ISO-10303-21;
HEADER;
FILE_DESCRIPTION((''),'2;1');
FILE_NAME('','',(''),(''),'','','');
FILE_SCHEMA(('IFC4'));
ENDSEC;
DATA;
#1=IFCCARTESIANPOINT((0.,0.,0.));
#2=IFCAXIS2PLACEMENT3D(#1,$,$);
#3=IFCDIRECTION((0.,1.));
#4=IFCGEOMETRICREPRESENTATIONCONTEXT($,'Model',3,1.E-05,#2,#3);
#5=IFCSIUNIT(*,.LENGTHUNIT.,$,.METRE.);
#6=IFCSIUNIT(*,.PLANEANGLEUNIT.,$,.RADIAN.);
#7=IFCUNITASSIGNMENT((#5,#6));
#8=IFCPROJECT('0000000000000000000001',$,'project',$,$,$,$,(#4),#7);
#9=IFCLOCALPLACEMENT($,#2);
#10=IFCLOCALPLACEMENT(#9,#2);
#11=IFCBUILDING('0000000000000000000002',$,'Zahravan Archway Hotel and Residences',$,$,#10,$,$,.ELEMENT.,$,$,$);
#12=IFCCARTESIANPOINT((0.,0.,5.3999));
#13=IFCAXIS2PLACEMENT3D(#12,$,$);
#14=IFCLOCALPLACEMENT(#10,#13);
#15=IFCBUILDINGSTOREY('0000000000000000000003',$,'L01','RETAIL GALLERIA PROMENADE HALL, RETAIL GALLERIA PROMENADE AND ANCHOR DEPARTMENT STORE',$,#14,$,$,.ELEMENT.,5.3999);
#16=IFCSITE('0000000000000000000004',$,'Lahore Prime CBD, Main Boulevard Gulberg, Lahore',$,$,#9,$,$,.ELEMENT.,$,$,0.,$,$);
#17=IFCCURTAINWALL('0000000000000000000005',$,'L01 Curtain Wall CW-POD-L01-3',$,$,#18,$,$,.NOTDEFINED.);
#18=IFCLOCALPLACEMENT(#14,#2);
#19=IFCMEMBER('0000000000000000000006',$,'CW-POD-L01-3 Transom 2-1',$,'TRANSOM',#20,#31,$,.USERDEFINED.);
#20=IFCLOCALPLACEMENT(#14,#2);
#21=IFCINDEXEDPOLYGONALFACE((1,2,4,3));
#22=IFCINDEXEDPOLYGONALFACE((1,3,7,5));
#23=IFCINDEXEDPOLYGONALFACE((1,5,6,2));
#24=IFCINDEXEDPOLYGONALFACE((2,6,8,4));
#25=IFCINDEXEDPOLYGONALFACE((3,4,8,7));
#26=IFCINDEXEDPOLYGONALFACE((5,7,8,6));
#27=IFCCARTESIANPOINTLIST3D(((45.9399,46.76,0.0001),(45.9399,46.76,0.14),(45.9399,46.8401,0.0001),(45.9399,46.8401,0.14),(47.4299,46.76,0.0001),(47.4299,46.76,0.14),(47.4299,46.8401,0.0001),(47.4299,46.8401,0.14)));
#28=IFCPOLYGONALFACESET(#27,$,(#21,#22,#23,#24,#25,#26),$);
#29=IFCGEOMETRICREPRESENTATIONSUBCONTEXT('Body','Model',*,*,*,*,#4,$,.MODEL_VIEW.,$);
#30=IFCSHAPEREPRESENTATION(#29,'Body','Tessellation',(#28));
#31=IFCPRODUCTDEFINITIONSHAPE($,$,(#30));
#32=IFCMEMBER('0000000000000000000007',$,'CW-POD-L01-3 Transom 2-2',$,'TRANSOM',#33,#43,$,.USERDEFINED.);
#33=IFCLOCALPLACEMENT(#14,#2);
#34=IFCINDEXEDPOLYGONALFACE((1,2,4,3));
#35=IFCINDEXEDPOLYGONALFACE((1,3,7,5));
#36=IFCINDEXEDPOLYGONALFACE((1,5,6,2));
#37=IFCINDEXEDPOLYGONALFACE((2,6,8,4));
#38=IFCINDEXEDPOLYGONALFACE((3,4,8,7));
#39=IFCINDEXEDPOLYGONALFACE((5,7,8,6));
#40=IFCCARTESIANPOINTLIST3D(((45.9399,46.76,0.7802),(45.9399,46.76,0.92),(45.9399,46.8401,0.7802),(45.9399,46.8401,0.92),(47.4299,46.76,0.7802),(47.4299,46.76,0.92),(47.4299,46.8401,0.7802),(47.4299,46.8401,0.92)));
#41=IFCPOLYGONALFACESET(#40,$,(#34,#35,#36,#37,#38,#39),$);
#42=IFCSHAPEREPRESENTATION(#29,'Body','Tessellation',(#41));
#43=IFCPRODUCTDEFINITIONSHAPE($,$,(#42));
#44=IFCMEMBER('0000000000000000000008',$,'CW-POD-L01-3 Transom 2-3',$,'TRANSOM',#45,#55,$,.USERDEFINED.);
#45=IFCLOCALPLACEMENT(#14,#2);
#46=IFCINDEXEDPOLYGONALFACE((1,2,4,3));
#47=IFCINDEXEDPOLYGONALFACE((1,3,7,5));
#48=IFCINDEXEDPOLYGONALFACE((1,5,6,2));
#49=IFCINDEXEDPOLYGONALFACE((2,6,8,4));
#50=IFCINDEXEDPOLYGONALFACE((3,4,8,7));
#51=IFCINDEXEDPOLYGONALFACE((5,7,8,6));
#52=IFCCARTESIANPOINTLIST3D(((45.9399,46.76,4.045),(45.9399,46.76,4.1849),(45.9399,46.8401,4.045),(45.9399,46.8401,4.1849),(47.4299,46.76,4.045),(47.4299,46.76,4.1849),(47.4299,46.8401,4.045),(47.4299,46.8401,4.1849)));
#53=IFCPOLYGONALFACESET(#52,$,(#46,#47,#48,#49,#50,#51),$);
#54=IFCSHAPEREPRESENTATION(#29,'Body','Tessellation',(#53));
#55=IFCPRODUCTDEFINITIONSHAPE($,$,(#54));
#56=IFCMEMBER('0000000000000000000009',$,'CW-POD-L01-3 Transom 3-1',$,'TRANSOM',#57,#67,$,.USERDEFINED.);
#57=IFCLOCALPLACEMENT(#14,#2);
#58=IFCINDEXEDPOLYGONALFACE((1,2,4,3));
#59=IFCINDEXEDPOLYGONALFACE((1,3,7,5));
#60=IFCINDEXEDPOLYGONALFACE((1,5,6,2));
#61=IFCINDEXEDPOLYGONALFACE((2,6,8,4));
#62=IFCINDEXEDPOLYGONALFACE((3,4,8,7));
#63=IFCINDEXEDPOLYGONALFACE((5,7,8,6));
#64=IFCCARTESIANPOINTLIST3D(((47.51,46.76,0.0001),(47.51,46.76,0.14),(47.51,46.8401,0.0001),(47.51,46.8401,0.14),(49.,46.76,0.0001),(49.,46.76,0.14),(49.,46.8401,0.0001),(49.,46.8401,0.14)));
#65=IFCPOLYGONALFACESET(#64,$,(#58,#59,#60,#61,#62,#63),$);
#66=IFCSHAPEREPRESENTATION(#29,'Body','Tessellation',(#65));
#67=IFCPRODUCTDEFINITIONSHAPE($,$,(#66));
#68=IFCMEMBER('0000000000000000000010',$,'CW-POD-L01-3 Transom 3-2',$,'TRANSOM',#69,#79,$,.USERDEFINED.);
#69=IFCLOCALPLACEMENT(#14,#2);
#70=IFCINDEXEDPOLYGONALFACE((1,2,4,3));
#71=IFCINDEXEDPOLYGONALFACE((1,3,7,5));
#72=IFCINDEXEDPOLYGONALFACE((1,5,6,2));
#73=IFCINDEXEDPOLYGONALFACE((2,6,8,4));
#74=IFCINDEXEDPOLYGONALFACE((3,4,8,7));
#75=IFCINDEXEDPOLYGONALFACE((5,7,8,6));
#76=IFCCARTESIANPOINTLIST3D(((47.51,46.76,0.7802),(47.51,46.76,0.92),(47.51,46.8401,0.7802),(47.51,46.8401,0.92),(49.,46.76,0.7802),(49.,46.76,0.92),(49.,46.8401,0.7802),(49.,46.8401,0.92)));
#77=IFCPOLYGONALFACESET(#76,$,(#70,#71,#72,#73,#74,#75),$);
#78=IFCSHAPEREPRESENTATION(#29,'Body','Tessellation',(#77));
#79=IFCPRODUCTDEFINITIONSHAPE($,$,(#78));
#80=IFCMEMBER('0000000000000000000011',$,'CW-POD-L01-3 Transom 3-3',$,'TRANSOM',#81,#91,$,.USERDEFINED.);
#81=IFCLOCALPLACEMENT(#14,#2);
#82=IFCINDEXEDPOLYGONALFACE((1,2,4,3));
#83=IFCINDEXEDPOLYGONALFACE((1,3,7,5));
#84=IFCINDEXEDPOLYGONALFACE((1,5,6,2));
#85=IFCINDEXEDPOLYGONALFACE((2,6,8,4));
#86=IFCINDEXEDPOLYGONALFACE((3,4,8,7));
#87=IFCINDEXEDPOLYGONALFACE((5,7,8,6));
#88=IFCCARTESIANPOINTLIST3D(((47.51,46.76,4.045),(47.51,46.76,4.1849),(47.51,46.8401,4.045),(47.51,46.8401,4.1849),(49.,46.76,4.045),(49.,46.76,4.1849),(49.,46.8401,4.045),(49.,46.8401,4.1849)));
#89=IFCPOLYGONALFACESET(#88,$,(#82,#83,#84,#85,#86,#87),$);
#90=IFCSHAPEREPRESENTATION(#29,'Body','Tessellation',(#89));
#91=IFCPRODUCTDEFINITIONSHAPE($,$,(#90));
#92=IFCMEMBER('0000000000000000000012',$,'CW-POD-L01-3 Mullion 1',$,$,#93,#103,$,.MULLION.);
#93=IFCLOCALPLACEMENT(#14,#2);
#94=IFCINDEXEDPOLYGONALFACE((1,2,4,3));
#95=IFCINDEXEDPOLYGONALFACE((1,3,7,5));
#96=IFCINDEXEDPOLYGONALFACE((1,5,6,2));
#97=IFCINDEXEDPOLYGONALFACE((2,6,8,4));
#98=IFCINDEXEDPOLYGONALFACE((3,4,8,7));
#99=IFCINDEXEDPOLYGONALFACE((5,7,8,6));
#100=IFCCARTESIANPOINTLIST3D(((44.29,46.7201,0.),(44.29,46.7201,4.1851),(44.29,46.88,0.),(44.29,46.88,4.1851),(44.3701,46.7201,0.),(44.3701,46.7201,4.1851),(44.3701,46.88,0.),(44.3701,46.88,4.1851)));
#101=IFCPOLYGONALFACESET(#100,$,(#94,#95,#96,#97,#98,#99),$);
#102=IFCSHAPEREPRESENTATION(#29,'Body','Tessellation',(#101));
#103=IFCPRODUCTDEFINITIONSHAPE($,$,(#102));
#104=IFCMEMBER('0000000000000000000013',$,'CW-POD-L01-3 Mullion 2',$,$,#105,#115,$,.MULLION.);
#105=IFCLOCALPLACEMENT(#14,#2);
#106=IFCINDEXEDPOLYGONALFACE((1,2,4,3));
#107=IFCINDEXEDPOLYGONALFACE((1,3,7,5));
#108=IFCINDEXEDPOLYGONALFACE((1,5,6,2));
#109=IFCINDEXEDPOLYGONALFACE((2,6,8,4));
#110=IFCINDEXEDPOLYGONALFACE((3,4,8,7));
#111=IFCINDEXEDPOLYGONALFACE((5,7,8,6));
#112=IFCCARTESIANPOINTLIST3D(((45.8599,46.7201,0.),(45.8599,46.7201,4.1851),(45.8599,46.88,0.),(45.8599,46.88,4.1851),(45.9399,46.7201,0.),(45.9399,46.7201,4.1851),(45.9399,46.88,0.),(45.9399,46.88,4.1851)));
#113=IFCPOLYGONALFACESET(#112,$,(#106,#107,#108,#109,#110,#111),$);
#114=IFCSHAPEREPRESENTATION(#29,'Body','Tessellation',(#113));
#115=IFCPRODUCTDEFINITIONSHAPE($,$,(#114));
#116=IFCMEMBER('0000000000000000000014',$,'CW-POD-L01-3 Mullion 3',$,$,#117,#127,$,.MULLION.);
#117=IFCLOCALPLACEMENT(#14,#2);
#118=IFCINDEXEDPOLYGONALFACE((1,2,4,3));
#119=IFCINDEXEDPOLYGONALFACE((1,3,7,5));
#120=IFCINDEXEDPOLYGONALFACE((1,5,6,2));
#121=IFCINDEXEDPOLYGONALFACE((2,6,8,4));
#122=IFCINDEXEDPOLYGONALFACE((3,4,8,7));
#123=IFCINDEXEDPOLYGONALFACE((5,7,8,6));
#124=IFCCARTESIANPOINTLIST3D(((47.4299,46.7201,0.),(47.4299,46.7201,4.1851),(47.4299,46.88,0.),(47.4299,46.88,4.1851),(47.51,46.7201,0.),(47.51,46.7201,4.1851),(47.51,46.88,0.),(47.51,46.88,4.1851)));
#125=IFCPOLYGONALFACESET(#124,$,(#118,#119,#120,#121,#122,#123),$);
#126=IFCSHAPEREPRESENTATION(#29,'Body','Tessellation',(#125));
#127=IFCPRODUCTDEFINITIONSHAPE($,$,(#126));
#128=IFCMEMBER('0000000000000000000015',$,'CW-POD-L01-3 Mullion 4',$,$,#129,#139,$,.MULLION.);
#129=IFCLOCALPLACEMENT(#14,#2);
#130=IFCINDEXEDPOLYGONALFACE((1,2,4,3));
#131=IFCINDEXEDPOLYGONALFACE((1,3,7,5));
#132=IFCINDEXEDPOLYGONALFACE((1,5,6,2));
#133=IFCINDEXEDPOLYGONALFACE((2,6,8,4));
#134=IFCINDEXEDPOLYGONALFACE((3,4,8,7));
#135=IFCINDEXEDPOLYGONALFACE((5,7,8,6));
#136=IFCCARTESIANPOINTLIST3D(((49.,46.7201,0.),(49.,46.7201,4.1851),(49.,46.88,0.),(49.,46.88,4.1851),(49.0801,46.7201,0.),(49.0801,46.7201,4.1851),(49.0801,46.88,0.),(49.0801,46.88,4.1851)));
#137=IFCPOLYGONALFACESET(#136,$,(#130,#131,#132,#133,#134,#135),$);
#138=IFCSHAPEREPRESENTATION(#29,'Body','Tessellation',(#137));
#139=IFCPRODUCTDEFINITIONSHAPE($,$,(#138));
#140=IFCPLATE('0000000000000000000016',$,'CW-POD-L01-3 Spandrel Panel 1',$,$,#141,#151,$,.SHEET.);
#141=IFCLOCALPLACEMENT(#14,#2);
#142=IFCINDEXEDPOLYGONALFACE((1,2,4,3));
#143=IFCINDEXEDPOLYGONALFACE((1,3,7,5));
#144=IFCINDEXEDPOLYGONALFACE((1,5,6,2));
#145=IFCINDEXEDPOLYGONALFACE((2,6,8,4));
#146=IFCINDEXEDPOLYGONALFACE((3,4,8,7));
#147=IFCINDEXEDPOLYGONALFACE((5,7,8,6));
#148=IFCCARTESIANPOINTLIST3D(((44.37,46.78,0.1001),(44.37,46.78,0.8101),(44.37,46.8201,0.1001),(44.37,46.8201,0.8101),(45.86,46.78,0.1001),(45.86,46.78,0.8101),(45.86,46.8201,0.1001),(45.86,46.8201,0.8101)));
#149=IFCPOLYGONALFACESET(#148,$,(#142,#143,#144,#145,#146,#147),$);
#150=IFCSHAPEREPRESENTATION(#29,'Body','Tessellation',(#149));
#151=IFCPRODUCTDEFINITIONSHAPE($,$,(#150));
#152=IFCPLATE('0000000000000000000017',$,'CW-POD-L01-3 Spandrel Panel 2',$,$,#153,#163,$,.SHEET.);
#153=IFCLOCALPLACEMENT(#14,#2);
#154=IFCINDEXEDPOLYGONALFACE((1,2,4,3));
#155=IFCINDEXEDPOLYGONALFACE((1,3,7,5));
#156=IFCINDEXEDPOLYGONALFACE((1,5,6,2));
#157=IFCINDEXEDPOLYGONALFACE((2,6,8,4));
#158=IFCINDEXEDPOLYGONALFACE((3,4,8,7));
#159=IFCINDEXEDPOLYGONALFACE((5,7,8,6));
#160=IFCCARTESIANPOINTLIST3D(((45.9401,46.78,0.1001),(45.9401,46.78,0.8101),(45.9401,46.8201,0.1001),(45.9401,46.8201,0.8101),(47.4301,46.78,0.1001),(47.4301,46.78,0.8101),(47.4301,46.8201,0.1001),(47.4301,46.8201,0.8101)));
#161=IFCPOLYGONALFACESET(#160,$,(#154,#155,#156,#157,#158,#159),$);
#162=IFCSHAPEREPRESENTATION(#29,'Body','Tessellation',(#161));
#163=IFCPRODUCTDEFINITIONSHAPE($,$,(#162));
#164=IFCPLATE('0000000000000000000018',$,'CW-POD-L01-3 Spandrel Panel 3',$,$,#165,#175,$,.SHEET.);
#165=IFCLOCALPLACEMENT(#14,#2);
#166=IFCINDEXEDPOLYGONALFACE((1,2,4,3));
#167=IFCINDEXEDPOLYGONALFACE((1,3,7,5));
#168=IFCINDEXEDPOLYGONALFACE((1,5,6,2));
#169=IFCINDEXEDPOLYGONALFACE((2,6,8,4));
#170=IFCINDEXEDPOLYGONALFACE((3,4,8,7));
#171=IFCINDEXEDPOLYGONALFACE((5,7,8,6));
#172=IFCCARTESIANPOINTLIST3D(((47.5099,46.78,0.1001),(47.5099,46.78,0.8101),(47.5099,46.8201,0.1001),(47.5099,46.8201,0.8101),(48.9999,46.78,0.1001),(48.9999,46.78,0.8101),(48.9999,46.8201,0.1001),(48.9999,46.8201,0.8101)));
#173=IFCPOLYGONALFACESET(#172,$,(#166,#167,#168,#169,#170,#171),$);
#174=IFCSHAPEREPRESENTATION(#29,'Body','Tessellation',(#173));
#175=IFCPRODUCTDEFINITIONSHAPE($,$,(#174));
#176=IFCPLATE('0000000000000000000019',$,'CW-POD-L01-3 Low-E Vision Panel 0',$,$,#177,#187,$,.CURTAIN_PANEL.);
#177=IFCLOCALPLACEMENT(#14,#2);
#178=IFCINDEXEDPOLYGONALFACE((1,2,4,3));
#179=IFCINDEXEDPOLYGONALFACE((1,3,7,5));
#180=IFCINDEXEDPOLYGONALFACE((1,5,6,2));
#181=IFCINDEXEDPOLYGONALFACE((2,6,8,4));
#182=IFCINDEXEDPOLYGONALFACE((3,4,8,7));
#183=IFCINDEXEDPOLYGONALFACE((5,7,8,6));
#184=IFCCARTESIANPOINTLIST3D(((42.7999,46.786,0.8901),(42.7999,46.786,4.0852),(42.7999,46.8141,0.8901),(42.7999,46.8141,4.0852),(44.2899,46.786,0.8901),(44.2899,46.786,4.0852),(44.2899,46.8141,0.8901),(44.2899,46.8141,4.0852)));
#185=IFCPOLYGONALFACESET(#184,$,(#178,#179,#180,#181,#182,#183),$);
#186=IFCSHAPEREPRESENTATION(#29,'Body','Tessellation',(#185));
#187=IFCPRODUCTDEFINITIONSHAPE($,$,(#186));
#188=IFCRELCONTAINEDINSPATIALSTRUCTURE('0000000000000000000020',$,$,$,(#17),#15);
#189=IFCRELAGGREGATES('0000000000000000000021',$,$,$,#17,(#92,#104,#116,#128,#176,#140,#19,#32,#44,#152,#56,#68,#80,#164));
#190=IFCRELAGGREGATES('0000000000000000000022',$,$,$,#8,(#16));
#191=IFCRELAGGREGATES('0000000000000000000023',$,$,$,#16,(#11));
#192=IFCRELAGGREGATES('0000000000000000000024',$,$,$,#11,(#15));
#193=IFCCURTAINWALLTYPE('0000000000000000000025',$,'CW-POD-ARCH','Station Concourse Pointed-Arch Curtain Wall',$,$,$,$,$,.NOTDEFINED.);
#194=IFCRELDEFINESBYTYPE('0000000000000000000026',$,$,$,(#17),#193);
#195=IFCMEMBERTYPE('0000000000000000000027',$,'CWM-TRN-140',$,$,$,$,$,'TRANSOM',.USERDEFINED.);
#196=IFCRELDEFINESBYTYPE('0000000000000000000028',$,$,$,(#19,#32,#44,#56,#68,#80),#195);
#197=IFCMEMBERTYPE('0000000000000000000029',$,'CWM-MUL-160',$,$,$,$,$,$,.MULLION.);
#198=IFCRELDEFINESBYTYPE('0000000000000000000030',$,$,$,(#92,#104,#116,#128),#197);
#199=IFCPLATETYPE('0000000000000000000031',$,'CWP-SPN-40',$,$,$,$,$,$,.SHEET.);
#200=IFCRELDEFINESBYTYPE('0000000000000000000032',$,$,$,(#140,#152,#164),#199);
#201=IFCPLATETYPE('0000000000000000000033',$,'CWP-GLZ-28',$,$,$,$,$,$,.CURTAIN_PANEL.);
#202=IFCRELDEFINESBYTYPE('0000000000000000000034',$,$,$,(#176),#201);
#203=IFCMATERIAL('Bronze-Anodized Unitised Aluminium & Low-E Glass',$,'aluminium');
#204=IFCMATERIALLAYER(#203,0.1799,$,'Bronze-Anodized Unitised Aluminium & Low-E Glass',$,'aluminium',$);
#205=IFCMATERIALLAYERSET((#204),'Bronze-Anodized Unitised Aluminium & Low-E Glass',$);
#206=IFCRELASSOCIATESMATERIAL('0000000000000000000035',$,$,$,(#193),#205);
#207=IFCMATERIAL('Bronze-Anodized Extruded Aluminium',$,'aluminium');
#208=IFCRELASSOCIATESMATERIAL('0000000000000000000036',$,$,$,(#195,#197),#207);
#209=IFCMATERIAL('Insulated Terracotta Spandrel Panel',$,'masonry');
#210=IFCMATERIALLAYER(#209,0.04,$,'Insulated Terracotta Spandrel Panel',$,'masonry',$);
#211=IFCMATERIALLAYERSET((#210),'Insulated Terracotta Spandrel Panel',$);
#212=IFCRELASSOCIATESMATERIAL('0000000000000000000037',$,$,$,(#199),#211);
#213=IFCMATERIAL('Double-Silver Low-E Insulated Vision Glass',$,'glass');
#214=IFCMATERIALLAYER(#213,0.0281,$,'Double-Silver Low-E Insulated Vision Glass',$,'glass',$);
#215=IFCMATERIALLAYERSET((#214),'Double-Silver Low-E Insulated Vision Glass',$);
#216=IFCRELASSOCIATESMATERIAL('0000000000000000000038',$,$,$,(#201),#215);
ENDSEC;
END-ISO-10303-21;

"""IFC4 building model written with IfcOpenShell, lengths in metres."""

from ifc_helpers import new_model, si_unit, direction, frame, origin, origin_2d, place, context, subcontext, project, spatial, rectangle, extrude, source, transform, mapped, material, layer, layer_set, material_profile, profile_set, type_object, element, aggregate, save


model = new_model("IFC4")

# Units and contexts
model_context = context("Model", 3, precision=1e-05, world=origin(), true_north=direction((0.0, 1.0)))
body_context = subcontext(model_context, "Body", "Model", "MODEL_VIEW")
ifc_project = project(units=[si_unit("LENGTHUNIT", "METRE"), si_unit("PLANEANGLEUNIT", "RADIAN")], contexts=[model_context])

# Site, building, storey
site_placement = place(None, origin())
site = spatial("IfcSite", under=ifc_project, at=site_placement, Name="Lahore Prime CBD, Main Boulevard Gulberg, Lahore", CompositionType="ELEMENT", RefElevation=0.0)
building_placement = place(site_placement, origin())
building = spatial("IfcBuilding", under=site, at=building_placement, Name="Zahravan Archway Hotel and Residences", CompositionType="ELEMENT")
storey_placement = place(building_placement, frame((0.0, 0.0, 5.3999)))
storey = spatial("IfcBuildingStorey", under=building, at=storey_placement, Name="L01", Description="RETAIL GALLERIA PROMENADE HALL, RETAIL GALLERIA PROMENADE AND ANCHOR DEPARTMENT STORE", CompositionType="ELEMENT", Elevation=5.3999)

# Curtain wall, members, plates
ifc_material_1 = material(Name="Bronze-Anodized Unitised Aluminium & Low-E Glass", Category="aluminium")
ifc_layer_1 = layer(ifc_material_1, 0.1799, Name="Bronze-Anodized Unitised Aluminium & Low-E Glass", Category="aluminium")
ifc_layer_set_1 = layer_set([ifc_layer_1], Name="Bronze-Anodized Unitised Aluminium & Low-E Glass")
curtain_wall_type = type_object("IfcCurtainWallType", Name="CW-POD-ARCH", Description="Station Concourse Pointed-Arch Curtain Wall", PredefinedType="NOTDEFINED", material=ifc_layer_set_1)
curtain_wall_placement = place(storey_placement, origin())
curtain_wall = element("IfcCurtainWall", 1, at=curtain_wall_placement, inside=storey, type_object=curtain_wall_type, Name="L01 Curtain Wall CW-POD-L01-3", PredefinedType="NOTDEFINED")
ifc_material_2 = material(Name="Bronze-Anodized Extruded Aluminium", Category="aluminium")
ifc_material_profile_1 = material_profile(ifc_material_2, rectangle(XDim=0.0801, YDim=0.1399, at=origin_2d()), Name="TRN 80x140", Category="aluminium")
ifc_profile_set_1 = profile_set([ifc_material_profile_1], Name="Bronze-Anodized Extruded Aluminium")
member_type_1 = type_object("IfcMemberType", Name="CWM-TRN-140", ElementType="TRANSOM", PredefinedType="USERDEFINED", material=ifc_profile_set_1)
shared_shape_1 = source(origin(), body_context, "Body", "SweptSolid", [
    extrude(rectangle(XDim=0.0801, YDim=0.1399, at=origin_2d()), origin(), (0.0, 0.0, 1.0), 1.49),
])
member_1_placement = place(storey_placement, frame((45.9399, 46.8, 0.0701), z_axis=(1.0, 0.0, 0.0), x_axis=(0.0, 1.0, 0.0)))
member_1 = element("IfcMember", 2, at=member_1_placement, type_object=member_type_1, Name="CW-POD-L01-3 Transom 2-1", ObjectType="TRANSOM", PredefinedType="USERDEFINED", context=body_context, shape_type="MappedRepresentation", body=[
    mapped(shared_shape_1, transform((0.0, 0.0, 0.0), scale=1.0)),
])
member_2_placement = place(storey_placement, frame((45.9399, 46.8, 0.8501), z_axis=(1.0, 0.0, 0.0), x_axis=(0.0, 1.0, 0.0)))
member_2 = element("IfcMember", 3, at=member_2_placement, type_object=member_type_1, Name="CW-POD-L01-3 Transom 2-2", ObjectType="TRANSOM", PredefinedType="USERDEFINED", context=body_context, shape_type="MappedRepresentation", body=[
    mapped(shared_shape_1, transform((0.0, 0.0, 0.0), scale=1.0)),
])
member_3_placement = place(storey_placement, frame((45.9399, 46.8, 4.115), z_axis=(1.0, 0.0, 0.0), x_axis=(0.0, 1.0, 0.0)))
member_3 = element("IfcMember", 4, at=member_3_placement, type_object=member_type_1, Name="CW-POD-L01-3 Transom 2-3", ObjectType="TRANSOM", PredefinedType="USERDEFINED", context=body_context, shape_type="MappedRepresentation", body=[
    mapped(shared_shape_1, transform((0.0, 0.0, 0.0), scale=1.0)),
])
member_4_placement = place(storey_placement, frame((47.51, 46.8, 0.0701), z_axis=(1.0, 0.0, 0.0), x_axis=(0.0, 1.0, 0.0)))
member_4 = element("IfcMember", 5, at=member_4_placement, type_object=member_type_1, Name="CW-POD-L01-3 Transom 3-1", ObjectType="TRANSOM", PredefinedType="USERDEFINED", context=body_context, shape_type="MappedRepresentation", body=[
    mapped(shared_shape_1, transform((0.0, 0.0, 0.0), scale=1.0)),
])
member_5_placement = place(storey_placement, frame((47.51, 46.8, 0.8501), z_axis=(1.0, 0.0, 0.0), x_axis=(0.0, 1.0, 0.0)))
member_5 = element("IfcMember", 6, at=member_5_placement, type_object=member_type_1, Name="CW-POD-L01-3 Transom 3-2", ObjectType="TRANSOM", PredefinedType="USERDEFINED", context=body_context, shape_type="MappedRepresentation", body=[
    mapped(shared_shape_1, transform((0.0, 0.0, 0.0), scale=1.0)),
])
member_6_placement = place(storey_placement, frame((47.51, 46.8, 4.115), z_axis=(1.0, 0.0, 0.0), x_axis=(0.0, 1.0, 0.0)))
member_6 = element("IfcMember", 7, at=member_6_placement, type_object=member_type_1, Name="CW-POD-L01-3 Transom 3-3", ObjectType="TRANSOM", PredefinedType="USERDEFINED", context=body_context, shape_type="MappedRepresentation", body=[
    mapped(shared_shape_1, transform((0.0, 0.0, 0.0), scale=1.0)),
])
ifc_material_profile_2 = material_profile(ifc_material_2, rectangle(XDim=0.0801, YDim=0.1599, at=origin_2d()), Name="MUL 80x160", Category="aluminium")
ifc_profile_set_2 = profile_set([ifc_material_profile_2], Name="Bronze-Anodized Extruded Aluminium")
member_type_2 = type_object("IfcMemberType", Name="CWM-MUL-160", PredefinedType="MULLION", material=ifc_profile_set_2)
shared_shape_2 = source(origin(), body_context, "Body", "SweptSolid", [
    extrude(rectangle(XDim=0.0801, YDim=0.1599, at=origin_2d()), origin(), (0.0, 0.0, 1.0), 4.1851),
])
member_7_placement = place(storey_placement, frame((44.3301, 46.8, 0.0), z_axis=(0.0, 0.0, 1.0), x_axis=(1.0, 0.0, 0.0)))
member_7 = element("IfcMember", 8, at=member_7_placement, type_object=member_type_2, Name="CW-POD-L01-3 Mullion 1", PredefinedType="MULLION", context=body_context, shape_type="MappedRepresentation", body=[
    mapped(shared_shape_2, transform((0.0, 0.0, 0.0), scale=1.0)),
])
member_8_placement = place(storey_placement, frame((45.8999, 46.8, 0.0), z_axis=(0.0, 0.0, 1.0), x_axis=(1.0, 0.0, 0.0)))
member_8 = element("IfcMember", 9, at=member_8_placement, type_object=member_type_2, Name="CW-POD-L01-3 Mullion 2", PredefinedType="MULLION", context=body_context, shape_type="MappedRepresentation", body=[
    mapped(shared_shape_2, transform((0.0, 0.0, 0.0), scale=1.0)),
])
member_9_placement = place(storey_placement, frame((47.47, 46.8, 0.0), z_axis=(0.0, 0.0, 1.0), x_axis=(1.0, 0.0, 0.0)))
member_9 = element("IfcMember", 10, at=member_9_placement, type_object=member_type_2, Name="CW-POD-L01-3 Mullion 3", PredefinedType="MULLION", context=body_context, shape_type="MappedRepresentation", body=[
    mapped(shared_shape_2, transform((0.0, 0.0, 0.0), scale=1.0)),
])
member_10_placement = place(storey_placement, frame((49.04, 46.8, 0.0), z_axis=(0.0, 0.0, 1.0), x_axis=(1.0, 0.0, 0.0)))
member_10 = element("IfcMember", 11, at=member_10_placement, type_object=member_type_2, Name="CW-POD-L01-3 Mullion 4", PredefinedType="MULLION", context=body_context, shape_type="MappedRepresentation", body=[
    mapped(shared_shape_2, transform((0.0, 0.0, 0.0), scale=1.0)),
])
ifc_material_3 = material(Name="Insulated Terracotta Spandrel Panel", Category="masonry")
ifc_layer_2 = layer(ifc_material_3, 0.04, Name="Insulated Terracotta Spandrel Panel", Category="masonry")
ifc_layer_set_2 = layer_set([ifc_layer_2], Name="Insulated Terracotta Spandrel Panel")
plate_type_1 = type_object("IfcPlateType", Name="CWP-SPN-40", PredefinedType="SHEET", material=ifc_layer_set_2)
shared_shape_3 = source(origin(), body_context, "Body", "SweptSolid", [
    extrude(rectangle(XDim=1.49, YDim=0.04, at=origin_2d()), origin(), (0.0, 0.0, 1.0), 0.71),
])
plate_1_placement = place(storey_placement, frame((45.115, 46.8, 0.1001), z_axis=(0.0, 0.0, 1.0), x_axis=(1.0, 0.0, 0.0)))
plate_1 = element("IfcPlate", 12, at=plate_1_placement, type_object=plate_type_1, Name="CW-POD-L01-3 Spandrel Panel 1", PredefinedType="SHEET", context=body_context, shape_type="MappedRepresentation", body=[
    mapped(shared_shape_3, transform((0.0, 0.0, 0.0), scale=1.0)),
])
plate_2_placement = place(storey_placement, frame((46.6851, 46.8, 0.1001), z_axis=(0.0, 0.0, 1.0), x_axis=(1.0, 0.0, 0.0)))
plate_2 = element("IfcPlate", 13, at=plate_2_placement, type_object=plate_type_1, Name="CW-POD-L01-3 Spandrel Panel 2", PredefinedType="SHEET", context=body_context, shape_type="MappedRepresentation", body=[
    mapped(shared_shape_3, transform((0.0, 0.0, 0.0), scale=1.0)),
])
plate_3_placement = place(storey_placement, frame((48.2549, 46.8, 0.1001), z_axis=(0.0, 0.0, 1.0), x_axis=(1.0, 0.0, 0.0)))
plate_3 = element("IfcPlate", 14, at=plate_3_placement, type_object=plate_type_1, Name="CW-POD-L01-3 Spandrel Panel 3", PredefinedType="SHEET", context=body_context, shape_type="MappedRepresentation", body=[
    mapped(shared_shape_3, transform((0.0, 0.0, 0.0), scale=1.0)),
])
ifc_material_4 = material(Name="Double-Silver Low-E Insulated Vision Glass", Category="glass")
ifc_layer_3 = layer(ifc_material_4, 0.0281, Name="Double-Silver Low-E Insulated Vision Glass", Category="glass")
ifc_layer_set_3 = layer_set([ifc_layer_3], Name="Double-Silver Low-E Insulated Vision Glass")
plate_type_2 = type_object("IfcPlateType", Name="CWP-GLZ-28", PredefinedType="CURTAIN_PANEL", material=ifc_layer_set_3)
shared_shape_4 = source(origin(), body_context, "Body", "SweptSolid", [
    extrude(rectangle(XDim=1.49, YDim=0.0281, at=origin_2d()), origin(), (0.0, 0.0, 1.0), 3.1951),
])
plate_4_placement = place(storey_placement, frame((43.5449, 46.8, 0.8901), z_axis=(0.0, 0.0, 1.0), x_axis=(1.0, 0.0, 0.0)))
plate_4 = element("IfcPlate", 15, at=plate_4_placement, type_object=plate_type_2, Name="CW-POD-L01-3 Low-E Vision Panel 0", PredefinedType="CURTAIN_PANEL", context=body_context, shape_type="MappedRepresentation", body=[
    mapped(shared_shape_4, transform((0.0, 0.0, 0.0), scale=1.0)),
])
aggregate(curtain_wall, [member_7, member_8, member_9, member_10, plate_4, plate_1, member_1, member_2, member_3, plate_2, member_4, member_5, member_6, plate_3])

save(model, "model.ifc")
